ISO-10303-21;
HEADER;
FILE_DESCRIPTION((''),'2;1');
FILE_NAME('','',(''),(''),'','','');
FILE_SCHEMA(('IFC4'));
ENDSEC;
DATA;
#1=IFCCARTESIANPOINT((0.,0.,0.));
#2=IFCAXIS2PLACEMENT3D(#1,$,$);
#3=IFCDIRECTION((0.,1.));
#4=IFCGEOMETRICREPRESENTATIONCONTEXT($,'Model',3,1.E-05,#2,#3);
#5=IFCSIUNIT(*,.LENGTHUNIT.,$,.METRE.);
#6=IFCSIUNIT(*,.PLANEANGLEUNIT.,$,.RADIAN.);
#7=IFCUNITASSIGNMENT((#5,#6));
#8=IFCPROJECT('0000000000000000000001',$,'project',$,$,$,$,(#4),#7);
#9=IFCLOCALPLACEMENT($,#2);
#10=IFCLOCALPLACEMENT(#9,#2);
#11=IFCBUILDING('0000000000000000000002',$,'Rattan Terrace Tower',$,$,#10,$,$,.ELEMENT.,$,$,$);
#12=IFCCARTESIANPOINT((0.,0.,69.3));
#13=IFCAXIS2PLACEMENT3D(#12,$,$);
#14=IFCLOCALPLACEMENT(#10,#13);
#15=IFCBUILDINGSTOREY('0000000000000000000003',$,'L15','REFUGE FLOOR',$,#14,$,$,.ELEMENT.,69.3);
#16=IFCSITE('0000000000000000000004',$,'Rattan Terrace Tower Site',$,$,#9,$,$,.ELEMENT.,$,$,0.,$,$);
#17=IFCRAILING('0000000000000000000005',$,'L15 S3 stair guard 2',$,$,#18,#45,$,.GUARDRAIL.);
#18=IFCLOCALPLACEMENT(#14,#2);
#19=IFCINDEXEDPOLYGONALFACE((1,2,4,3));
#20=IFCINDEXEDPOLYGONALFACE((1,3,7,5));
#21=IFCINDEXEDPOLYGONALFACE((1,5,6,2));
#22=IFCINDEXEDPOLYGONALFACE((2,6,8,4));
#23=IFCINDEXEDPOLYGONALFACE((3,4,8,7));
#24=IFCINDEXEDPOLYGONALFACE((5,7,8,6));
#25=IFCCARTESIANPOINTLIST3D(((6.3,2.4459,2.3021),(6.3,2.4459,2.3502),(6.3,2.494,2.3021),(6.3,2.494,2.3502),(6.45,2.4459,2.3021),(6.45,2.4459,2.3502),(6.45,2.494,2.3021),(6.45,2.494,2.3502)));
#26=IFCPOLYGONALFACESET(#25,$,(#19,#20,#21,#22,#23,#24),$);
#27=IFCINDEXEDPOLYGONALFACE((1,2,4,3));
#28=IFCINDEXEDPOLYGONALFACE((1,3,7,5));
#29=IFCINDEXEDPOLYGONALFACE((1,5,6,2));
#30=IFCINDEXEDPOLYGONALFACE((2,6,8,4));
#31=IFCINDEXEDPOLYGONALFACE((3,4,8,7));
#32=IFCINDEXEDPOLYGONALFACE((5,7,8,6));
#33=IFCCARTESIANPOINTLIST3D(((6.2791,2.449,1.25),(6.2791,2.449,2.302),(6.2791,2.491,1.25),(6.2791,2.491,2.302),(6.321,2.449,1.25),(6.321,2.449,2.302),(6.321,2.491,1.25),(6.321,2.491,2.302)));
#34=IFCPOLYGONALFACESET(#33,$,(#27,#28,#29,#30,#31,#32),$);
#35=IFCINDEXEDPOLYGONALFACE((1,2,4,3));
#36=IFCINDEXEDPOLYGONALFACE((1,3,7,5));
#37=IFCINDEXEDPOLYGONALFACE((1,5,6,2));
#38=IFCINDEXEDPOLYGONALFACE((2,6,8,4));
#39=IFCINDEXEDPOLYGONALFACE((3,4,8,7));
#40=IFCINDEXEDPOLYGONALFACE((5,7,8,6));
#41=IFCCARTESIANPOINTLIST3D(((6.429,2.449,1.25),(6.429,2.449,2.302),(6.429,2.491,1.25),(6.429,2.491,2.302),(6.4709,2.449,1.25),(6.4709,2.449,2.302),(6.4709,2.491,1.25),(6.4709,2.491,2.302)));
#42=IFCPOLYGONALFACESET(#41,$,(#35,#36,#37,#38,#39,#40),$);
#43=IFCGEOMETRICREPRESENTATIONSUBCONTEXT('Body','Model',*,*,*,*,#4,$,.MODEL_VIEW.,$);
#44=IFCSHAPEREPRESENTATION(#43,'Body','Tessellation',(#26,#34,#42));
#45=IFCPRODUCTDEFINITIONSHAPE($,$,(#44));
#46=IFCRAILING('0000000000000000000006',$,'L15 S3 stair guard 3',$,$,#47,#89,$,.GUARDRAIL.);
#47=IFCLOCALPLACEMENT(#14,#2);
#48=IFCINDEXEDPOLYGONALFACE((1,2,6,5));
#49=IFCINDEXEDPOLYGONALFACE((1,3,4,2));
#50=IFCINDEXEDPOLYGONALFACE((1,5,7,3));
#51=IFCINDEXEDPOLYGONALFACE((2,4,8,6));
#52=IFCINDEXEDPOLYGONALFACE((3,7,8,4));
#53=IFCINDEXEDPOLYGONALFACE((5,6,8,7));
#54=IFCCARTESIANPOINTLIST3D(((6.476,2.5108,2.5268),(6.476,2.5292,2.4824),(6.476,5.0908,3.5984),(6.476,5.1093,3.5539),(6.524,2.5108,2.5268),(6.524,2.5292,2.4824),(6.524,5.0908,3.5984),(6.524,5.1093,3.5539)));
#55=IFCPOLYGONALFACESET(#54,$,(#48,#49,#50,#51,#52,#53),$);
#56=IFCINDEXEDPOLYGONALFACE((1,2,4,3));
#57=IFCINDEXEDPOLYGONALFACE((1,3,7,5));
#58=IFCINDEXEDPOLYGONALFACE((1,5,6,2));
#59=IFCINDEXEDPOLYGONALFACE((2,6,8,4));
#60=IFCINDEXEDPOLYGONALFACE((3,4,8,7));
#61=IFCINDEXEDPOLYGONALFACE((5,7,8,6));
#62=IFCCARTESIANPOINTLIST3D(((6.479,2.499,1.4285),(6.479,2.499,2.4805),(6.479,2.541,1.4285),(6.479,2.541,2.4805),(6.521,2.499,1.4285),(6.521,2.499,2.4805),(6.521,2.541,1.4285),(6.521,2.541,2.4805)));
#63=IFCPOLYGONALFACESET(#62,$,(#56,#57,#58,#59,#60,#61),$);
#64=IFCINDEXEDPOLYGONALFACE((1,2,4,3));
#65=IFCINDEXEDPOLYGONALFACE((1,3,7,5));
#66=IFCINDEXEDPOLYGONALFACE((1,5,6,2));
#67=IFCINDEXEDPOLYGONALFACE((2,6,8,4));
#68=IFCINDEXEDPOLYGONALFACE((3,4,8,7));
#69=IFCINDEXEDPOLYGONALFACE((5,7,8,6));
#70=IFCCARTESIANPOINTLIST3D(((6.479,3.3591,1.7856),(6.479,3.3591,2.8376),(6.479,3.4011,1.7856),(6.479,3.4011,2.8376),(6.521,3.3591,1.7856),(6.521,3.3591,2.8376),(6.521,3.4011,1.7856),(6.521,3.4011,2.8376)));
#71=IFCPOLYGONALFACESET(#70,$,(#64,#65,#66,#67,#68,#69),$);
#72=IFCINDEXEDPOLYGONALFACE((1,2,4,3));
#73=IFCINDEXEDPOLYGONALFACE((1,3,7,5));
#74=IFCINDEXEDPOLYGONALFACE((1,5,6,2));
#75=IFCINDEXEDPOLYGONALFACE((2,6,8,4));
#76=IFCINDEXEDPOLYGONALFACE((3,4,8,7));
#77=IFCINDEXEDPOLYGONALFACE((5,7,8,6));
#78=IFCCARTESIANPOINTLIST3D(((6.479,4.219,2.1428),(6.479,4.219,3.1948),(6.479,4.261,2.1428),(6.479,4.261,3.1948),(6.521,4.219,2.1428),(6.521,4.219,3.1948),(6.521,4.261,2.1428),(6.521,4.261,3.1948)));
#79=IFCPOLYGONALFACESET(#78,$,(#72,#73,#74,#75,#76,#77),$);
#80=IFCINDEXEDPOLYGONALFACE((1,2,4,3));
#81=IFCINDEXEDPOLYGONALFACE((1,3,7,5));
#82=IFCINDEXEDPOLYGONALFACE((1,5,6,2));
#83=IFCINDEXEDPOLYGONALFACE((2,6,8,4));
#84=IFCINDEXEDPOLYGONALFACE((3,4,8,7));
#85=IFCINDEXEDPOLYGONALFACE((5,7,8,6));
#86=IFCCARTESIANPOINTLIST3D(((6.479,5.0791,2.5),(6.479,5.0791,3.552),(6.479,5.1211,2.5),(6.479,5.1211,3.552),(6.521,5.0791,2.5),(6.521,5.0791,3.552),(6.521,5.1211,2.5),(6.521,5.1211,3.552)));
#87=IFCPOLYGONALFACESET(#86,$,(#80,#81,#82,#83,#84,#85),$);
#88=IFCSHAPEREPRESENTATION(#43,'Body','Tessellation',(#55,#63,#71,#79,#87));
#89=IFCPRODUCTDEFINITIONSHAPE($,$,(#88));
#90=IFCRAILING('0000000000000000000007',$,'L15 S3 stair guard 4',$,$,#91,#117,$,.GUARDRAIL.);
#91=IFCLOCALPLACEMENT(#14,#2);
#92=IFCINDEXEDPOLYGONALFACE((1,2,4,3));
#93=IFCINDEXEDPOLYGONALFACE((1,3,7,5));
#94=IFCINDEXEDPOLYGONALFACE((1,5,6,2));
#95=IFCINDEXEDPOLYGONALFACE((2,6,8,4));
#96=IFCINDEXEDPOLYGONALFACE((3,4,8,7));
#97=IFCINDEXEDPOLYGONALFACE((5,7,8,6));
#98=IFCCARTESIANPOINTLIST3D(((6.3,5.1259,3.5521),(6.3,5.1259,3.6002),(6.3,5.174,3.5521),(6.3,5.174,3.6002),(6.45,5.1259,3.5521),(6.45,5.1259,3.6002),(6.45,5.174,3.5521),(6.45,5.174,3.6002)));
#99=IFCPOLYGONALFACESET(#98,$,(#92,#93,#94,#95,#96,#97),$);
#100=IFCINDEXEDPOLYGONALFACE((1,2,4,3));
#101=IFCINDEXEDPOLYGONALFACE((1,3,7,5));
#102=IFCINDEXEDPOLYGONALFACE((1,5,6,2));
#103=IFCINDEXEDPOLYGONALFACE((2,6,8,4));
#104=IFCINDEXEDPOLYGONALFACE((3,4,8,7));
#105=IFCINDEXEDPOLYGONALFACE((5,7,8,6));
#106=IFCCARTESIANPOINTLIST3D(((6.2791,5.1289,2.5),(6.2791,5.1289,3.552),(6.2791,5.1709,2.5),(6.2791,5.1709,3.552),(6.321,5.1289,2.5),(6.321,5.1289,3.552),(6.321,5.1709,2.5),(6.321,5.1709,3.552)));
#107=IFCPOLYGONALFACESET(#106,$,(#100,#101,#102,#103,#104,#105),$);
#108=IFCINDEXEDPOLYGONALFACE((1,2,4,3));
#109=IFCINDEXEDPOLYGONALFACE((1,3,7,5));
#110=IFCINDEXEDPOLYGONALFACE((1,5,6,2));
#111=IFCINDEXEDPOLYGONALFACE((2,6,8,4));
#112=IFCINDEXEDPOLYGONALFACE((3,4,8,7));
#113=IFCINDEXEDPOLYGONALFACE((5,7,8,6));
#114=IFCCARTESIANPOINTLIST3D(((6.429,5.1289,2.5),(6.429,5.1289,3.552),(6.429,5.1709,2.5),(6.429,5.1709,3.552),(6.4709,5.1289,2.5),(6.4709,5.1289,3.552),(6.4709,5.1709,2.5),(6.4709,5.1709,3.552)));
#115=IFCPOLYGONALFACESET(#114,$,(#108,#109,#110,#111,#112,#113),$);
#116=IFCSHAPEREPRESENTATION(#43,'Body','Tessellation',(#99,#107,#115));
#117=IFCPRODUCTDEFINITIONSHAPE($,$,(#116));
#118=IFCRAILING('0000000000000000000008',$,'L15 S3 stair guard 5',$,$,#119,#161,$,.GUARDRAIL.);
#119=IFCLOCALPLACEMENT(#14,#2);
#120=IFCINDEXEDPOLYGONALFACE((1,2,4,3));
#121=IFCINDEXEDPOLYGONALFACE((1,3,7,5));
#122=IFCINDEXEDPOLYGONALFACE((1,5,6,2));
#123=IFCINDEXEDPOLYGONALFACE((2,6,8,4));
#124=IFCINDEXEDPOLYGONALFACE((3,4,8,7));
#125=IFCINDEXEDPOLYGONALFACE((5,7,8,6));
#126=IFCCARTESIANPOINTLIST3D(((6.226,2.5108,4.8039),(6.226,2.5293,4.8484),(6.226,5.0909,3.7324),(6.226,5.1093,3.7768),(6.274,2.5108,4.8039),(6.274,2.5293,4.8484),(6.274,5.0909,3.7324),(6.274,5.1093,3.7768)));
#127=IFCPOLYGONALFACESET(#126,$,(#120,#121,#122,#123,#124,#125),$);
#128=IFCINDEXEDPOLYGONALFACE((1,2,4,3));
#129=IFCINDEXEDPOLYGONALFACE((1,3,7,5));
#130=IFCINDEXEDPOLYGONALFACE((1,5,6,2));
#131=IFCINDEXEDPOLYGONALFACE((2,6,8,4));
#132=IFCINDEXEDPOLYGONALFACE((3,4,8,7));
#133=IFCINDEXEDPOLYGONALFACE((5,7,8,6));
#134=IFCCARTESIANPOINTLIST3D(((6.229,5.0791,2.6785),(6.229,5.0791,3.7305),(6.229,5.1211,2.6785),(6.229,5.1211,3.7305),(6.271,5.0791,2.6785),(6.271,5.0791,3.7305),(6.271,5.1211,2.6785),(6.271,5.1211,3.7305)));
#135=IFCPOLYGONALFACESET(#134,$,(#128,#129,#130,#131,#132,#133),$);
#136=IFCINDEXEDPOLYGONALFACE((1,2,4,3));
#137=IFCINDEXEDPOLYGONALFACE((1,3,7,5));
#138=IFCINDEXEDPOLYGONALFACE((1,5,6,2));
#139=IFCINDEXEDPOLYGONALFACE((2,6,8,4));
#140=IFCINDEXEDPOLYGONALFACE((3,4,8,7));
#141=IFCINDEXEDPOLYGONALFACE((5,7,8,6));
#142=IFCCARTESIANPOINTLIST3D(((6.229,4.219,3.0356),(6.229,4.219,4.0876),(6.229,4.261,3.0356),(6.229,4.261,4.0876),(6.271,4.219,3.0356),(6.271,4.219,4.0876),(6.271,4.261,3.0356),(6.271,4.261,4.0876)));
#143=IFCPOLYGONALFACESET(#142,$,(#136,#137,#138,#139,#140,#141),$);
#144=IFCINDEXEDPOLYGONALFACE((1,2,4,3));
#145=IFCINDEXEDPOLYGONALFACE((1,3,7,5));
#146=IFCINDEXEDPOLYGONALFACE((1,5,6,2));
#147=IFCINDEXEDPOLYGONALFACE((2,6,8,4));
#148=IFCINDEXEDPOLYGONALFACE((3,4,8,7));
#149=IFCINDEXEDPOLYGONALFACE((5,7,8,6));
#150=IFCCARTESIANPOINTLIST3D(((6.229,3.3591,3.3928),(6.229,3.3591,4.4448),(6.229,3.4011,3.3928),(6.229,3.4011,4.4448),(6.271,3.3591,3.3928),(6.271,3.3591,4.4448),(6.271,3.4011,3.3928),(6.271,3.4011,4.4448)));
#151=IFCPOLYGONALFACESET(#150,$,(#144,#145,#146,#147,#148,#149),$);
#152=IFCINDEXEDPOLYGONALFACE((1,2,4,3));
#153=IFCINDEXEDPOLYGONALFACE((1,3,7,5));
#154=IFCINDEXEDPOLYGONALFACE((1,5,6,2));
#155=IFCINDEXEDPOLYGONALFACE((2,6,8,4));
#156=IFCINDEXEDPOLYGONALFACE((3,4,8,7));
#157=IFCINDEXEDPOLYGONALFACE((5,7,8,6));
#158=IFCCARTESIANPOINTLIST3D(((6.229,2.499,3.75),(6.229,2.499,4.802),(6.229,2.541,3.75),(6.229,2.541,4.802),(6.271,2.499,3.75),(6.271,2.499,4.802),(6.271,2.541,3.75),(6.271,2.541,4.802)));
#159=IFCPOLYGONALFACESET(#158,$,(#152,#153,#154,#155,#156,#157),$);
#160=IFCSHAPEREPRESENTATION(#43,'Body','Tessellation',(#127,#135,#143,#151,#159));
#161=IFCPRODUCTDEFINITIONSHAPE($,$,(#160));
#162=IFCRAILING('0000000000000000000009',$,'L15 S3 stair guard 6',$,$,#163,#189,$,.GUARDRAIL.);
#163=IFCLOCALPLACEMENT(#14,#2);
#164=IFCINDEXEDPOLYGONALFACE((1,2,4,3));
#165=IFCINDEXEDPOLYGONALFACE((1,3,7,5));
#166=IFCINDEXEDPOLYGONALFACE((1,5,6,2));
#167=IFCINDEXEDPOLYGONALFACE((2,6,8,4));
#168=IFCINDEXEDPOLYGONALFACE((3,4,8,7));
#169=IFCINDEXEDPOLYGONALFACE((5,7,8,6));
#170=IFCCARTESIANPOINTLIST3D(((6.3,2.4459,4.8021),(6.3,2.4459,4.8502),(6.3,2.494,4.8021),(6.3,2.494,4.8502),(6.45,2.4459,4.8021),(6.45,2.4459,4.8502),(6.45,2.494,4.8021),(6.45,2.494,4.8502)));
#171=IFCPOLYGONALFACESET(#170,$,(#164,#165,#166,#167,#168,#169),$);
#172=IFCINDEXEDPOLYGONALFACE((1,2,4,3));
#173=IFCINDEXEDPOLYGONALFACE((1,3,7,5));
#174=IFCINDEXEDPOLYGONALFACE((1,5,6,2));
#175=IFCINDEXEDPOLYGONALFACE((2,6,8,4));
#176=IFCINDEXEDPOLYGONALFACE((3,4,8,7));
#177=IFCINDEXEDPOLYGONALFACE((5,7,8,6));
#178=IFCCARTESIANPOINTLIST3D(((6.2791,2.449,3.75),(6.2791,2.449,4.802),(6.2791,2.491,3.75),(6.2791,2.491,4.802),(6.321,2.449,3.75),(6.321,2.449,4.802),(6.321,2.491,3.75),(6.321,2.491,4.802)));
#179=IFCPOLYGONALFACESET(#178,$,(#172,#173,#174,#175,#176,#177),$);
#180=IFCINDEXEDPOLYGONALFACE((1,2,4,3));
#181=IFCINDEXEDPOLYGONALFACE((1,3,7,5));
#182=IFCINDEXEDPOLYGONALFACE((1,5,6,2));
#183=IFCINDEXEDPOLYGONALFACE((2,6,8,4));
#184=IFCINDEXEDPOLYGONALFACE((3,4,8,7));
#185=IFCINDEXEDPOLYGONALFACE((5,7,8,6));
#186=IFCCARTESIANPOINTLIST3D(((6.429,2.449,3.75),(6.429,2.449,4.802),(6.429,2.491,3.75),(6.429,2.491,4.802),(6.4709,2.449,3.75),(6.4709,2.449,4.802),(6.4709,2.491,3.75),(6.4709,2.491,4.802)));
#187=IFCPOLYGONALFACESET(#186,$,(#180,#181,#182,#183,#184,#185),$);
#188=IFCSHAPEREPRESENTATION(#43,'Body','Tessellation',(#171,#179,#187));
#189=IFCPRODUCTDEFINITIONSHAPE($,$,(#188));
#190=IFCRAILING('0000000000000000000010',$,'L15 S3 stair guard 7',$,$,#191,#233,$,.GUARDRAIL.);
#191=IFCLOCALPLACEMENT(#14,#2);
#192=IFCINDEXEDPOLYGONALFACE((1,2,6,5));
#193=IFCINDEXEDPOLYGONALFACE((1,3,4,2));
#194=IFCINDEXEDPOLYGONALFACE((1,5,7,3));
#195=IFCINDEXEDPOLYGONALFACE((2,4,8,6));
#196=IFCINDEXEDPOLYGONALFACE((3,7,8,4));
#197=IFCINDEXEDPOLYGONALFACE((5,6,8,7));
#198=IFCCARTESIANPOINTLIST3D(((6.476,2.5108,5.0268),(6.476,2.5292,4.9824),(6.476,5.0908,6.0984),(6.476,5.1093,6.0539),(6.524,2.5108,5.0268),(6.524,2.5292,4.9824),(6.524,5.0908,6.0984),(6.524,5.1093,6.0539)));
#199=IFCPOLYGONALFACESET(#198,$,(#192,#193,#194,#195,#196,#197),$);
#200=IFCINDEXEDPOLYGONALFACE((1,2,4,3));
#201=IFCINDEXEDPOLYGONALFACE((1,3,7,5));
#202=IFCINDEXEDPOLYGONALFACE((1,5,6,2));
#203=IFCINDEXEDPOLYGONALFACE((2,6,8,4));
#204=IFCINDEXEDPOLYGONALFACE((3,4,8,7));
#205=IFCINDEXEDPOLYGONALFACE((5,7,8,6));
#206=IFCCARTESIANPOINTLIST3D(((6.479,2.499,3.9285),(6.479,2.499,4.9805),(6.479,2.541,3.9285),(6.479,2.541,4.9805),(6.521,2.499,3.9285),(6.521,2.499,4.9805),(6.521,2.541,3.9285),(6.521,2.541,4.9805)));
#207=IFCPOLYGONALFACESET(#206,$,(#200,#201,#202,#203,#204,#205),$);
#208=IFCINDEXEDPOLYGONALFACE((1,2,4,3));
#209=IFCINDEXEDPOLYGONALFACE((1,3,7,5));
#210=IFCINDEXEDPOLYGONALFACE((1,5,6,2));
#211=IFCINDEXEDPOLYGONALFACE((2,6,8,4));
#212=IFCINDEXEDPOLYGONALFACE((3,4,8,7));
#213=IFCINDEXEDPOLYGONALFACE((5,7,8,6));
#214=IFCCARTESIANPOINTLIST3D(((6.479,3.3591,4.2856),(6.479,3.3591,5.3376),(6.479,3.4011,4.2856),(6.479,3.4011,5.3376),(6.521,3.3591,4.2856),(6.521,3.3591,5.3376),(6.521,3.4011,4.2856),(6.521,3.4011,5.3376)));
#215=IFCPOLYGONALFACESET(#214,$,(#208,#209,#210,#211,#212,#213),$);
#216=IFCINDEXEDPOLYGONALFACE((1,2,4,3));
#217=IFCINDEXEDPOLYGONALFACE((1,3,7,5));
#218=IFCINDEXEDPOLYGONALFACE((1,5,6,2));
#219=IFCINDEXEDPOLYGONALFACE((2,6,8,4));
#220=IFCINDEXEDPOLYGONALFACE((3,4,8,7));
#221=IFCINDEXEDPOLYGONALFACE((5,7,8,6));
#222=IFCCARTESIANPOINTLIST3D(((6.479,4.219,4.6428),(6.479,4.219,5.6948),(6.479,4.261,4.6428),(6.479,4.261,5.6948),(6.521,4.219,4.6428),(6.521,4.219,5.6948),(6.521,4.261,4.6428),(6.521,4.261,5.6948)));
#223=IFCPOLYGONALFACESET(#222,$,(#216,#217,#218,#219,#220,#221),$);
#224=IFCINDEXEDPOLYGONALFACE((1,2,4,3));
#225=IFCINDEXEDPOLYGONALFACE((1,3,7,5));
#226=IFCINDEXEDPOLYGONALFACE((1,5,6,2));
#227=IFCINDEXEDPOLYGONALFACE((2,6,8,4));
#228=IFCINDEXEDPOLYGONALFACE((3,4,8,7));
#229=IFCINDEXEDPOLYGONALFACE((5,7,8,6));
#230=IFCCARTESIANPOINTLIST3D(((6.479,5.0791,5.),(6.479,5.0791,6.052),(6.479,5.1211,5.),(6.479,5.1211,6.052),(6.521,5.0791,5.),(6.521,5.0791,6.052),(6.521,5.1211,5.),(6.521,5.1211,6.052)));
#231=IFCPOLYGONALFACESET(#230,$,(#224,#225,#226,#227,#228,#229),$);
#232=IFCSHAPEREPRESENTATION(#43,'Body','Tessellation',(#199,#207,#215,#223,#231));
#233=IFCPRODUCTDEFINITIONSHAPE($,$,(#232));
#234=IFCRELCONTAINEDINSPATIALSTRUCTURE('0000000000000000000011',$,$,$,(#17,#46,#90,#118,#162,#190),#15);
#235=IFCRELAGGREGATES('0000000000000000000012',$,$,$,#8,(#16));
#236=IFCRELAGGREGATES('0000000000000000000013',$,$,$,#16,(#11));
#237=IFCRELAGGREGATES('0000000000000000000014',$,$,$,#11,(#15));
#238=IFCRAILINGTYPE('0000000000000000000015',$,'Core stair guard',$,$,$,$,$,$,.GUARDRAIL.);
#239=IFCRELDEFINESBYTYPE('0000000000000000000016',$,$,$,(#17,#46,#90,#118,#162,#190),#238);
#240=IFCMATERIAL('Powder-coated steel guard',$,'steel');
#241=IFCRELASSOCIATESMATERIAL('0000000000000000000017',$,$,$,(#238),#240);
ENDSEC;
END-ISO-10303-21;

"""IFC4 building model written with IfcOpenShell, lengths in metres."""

from ifc_helpers import new_model, si_unit, direction, frame, origin, origin_2d, place, context, subcontext, project, spatial, rectangle, extrude, material, type_object, element, save


model = new_model("IFC4")

# Units and contexts
model_context = context("Model", 3, precision=1e-05, world=origin(), true_north=direction((0.0, 1.0)))
body_context = subcontext(model_context, "Body", "Model", "MODEL_VIEW")
ifc_project = project(units=[si_unit("LENGTHUNIT", "METRE"), si_unit("PLANEANGLEUNIT", "RADIAN")], contexts=[model_context])

# Site, building, storey
site_placement = place(None, origin())
site = spatial("IfcSite", under=ifc_project, at=site_placement, Name="Rattan Terrace Tower Site", CompositionType="ELEMENT", RefElevation=0.0)
building_placement = place(site_placement, origin())
building = spatial("IfcBuilding", under=site, at=building_placement, Name="Rattan Terrace Tower", CompositionType="ELEMENT")
storey_placement = place(building_placement, frame((0.0, 0.0, 69.3)))
storey = spatial("IfcBuildingStorey", under=building, at=storey_placement, Name="L15", Description="REFUGE FLOOR", CompositionType="ELEMENT", Elevation=69.3)

# Railings
ifc_material_1 = material(Name="Powder-coated steel guard", Category="steel")
railing_type_1 = type_object("IfcRailingType", Name="Core stair guard", PredefinedType="GUARDRAIL", material=ifc_material_1)
railing_1_placement = place(storey_placement, frame((6.3, 2.47, 1.25)))
element("IfcRailing", 1, at=railing_1_placement, inside=storey, type_object=railing_type_1, Name="L15 S3 stair guard 2", PredefinedType="GUARDRAIL", context=body_context, shape_type="SweptSolid", body=[
    extrude(rectangle(XDim=0.0481, YDim=0.0481, at=origin_2d()), frame((0.0, 0.0, 1.0762), z_axis=(1.0, 0.0, 0.0), x_axis=(0.0, 1.0, 0.0)), (0.0, 0.0, 1.0), 0.1499),
    extrude(rectangle(XDim=0.042, YDim=0.042, at=origin_2d()), origin(), (0.0, 0.0, 1.0), 1.052),
    extrude(rectangle(XDim=0.042, YDim=0.042, at=origin_2d()), frame((0.1499, 0.0, 0.0)), (0.0, 0.0, 1.0), 1.052),
])
railing_2_placement = place(storey_placement, frame((6.5, 2.52, 1.4285)))
element("IfcRailing", 2, at=railing_2_placement, inside=storey, type_object=railing_type_1, Name="L15 S3 stair guard 3", PredefinedType="GUARDRAIL", context=body_context, shape_type="SweptSolid", body=[
    extrude(rectangle(XDim=0.0481, YDim=0.0481, at=origin_2d()), frame((0.0, 0.0, 1.0762), z_axis=(0.0, 0.923521, 0.383548), x_axis=(-1.0, 0.0, 0.0)), (0.0, 0.0, 1.0), 2.7937),
    extrude(rectangle(XDim=0.042, YDim=0.042, at=origin_2d()), origin(), (0.0, 0.0, 1.0), 1.052),
    extrude(rectangle(XDim=0.042, YDim=0.042, at=origin_2d()), frame((0.0, 0.8601, 0.3572)), (0.0, 0.0, 1.0), 1.052),
    extrude(rectangle(XDim=0.042, YDim=0.042, at=origin_2d()), frame((0.0, 1.72, 0.7144)), (0.0, 0.0, 1.0), 1.052),
    extrude(rectangle(XDim=0.042, YDim=0.042, at=origin_2d()), frame((0.0, 2.5801, 1.0715)), (0.0, 0.0, 1.0), 1.052),
])
railing_3_placement = place(storey_placement, frame((6.3, 5.1499, 2.5)))
element("IfcRailing", 3, at=railing_3_placement, inside=storey, type_object=railing_type_1, Name="L15 S3 stair guard 4", PredefinedType="GUARDRAIL", context=body_context, shape_type="SweptSolid", body=[
    extrude(rectangle(XDim=0.0481, YDim=0.0481, at=origin_2d()), frame((0.0, 0.0, 1.0762), z_axis=(1.0, 0.0, 0.0), x_axis=(0.0, 1.0, 0.0)), (0.0, 0.0, 1.0), 0.1499),
    extrude(rectangle(XDim=0.042, YDim=0.042, at=origin_2d()), origin(), (0.0, 0.0, 1.0), 1.052),
    extrude(rectangle(XDim=0.042, YDim=0.042, at=origin_2d()), frame((0.1499, 0.0, 0.0)), (0.0, 0.0, 1.0), 1.052),
])
railing_4_placement = place(storey_placement, frame((6.25, 5.1001, 2.6785)))
element("IfcRailing", 4, at=railing_4_placement, inside=storey, type_object=railing_type_1, Name="L15 S3 stair guard 5", PredefinedType="GUARDRAIL", context=body_context, shape_type="SweptSolid", body=[
    extrude(rectangle(XDim=0.0481, YDim=0.0481, at=origin_2d()), frame((0.0, 0.0, 1.0762), z_axis=(0.0, -0.923521, 0.383548), x_axis=(1.0, 0.0, 0.0)), (0.0, 0.0, 1.0), 2.7937),
    extrude(rectangle(XDim=0.042, YDim=0.042, at=origin_2d()), origin(), (0.0, 0.0, 1.0), 1.052),
    extrude(rectangle(XDim=0.042, YDim=0.042, at=origin_2d()), frame((0.0, -0.8601, 0.3572)), (0.0, 0.0, 1.0), 1.052),
    extrude(rectangle(XDim=0.042, YDim=0.042, at=origin_2d()), frame((0.0, -1.72, 0.7144)), (0.0, 0.0, 1.0), 1.052),
    extrude(rectangle(XDim=0.042, YDim=0.042, at=origin_2d()), frame((0.0, -2.5801, 1.0715)), (0.0, 0.0, 1.0), 1.052),
])
railing_5_placement = place(storey_placement, frame((6.3, 2.47, 3.75)))
element("IfcRailing", 5, at=railing_5_placement, inside=storey, type_object=railing_type_1, Name="L15 S3 stair guard 6", PredefinedType="GUARDRAIL", context=body_context, shape_type="SweptSolid", body=[
    extrude(rectangle(XDim=0.0481, YDim=0.0481, at=origin_2d()), frame((0.0, 0.0, 1.0762), z_axis=(1.0, 0.0, 0.0), x_axis=(0.0, 1.0, 0.0)), (0.0, 0.0, 1.0), 0.1499),
    extrude(rectangle(XDim=0.042, YDim=0.042, at=origin_2d()), origin(), (0.0, 0.0, 1.0), 1.052),
    extrude(rectangle(XDim=0.042, YDim=0.042, at=origin_2d()), frame((0.1499, 0.0, 0.0)), (0.0, 0.0, 1.0), 1.052),
])
railing_6_placement = place(storey_placement, frame((6.5, 2.52, 3.9285)))
element("IfcRailing", 6, at=railing_6_placement, inside=storey, type_object=railing_type_1, Name="L15 S3 stair guard 7", PredefinedType="GUARDRAIL", context=body_context, shape_type="SweptSolid", body=[
    extrude(rectangle(XDim=0.0481, YDim=0.0481, at=origin_2d()), frame((0.0, 0.0, 1.0762), z_axis=(0.0, 0.923521, 0.383548), x_axis=(-1.0, 0.0, 0.0)), (0.0, 0.0, 1.0), 2.7937),
    extrude(rectangle(XDim=0.042, YDim=0.042, at=origin_2d()), origin(), (0.0, 0.0, 1.0), 1.052),
    extrude(rectangle(XDim=0.042, YDim=0.042, at=origin_2d()), frame((0.0, 0.8601, 0.3572)), (0.0, 0.0, 1.0), 1.052),
    extrude(rectangle(XDim=0.042, YDim=0.042, at=origin_2d()), frame((0.0, 1.72, 0.7144)), (0.0, 0.0, 1.0), 1.052),
    extrude(rectangle(XDim=0.042, YDim=0.042, at=origin_2d()), frame((0.0, 2.5801, 1.0715)), (0.0, 0.0, 1.0), 1.052),
])

save(model, "model.ifc")
